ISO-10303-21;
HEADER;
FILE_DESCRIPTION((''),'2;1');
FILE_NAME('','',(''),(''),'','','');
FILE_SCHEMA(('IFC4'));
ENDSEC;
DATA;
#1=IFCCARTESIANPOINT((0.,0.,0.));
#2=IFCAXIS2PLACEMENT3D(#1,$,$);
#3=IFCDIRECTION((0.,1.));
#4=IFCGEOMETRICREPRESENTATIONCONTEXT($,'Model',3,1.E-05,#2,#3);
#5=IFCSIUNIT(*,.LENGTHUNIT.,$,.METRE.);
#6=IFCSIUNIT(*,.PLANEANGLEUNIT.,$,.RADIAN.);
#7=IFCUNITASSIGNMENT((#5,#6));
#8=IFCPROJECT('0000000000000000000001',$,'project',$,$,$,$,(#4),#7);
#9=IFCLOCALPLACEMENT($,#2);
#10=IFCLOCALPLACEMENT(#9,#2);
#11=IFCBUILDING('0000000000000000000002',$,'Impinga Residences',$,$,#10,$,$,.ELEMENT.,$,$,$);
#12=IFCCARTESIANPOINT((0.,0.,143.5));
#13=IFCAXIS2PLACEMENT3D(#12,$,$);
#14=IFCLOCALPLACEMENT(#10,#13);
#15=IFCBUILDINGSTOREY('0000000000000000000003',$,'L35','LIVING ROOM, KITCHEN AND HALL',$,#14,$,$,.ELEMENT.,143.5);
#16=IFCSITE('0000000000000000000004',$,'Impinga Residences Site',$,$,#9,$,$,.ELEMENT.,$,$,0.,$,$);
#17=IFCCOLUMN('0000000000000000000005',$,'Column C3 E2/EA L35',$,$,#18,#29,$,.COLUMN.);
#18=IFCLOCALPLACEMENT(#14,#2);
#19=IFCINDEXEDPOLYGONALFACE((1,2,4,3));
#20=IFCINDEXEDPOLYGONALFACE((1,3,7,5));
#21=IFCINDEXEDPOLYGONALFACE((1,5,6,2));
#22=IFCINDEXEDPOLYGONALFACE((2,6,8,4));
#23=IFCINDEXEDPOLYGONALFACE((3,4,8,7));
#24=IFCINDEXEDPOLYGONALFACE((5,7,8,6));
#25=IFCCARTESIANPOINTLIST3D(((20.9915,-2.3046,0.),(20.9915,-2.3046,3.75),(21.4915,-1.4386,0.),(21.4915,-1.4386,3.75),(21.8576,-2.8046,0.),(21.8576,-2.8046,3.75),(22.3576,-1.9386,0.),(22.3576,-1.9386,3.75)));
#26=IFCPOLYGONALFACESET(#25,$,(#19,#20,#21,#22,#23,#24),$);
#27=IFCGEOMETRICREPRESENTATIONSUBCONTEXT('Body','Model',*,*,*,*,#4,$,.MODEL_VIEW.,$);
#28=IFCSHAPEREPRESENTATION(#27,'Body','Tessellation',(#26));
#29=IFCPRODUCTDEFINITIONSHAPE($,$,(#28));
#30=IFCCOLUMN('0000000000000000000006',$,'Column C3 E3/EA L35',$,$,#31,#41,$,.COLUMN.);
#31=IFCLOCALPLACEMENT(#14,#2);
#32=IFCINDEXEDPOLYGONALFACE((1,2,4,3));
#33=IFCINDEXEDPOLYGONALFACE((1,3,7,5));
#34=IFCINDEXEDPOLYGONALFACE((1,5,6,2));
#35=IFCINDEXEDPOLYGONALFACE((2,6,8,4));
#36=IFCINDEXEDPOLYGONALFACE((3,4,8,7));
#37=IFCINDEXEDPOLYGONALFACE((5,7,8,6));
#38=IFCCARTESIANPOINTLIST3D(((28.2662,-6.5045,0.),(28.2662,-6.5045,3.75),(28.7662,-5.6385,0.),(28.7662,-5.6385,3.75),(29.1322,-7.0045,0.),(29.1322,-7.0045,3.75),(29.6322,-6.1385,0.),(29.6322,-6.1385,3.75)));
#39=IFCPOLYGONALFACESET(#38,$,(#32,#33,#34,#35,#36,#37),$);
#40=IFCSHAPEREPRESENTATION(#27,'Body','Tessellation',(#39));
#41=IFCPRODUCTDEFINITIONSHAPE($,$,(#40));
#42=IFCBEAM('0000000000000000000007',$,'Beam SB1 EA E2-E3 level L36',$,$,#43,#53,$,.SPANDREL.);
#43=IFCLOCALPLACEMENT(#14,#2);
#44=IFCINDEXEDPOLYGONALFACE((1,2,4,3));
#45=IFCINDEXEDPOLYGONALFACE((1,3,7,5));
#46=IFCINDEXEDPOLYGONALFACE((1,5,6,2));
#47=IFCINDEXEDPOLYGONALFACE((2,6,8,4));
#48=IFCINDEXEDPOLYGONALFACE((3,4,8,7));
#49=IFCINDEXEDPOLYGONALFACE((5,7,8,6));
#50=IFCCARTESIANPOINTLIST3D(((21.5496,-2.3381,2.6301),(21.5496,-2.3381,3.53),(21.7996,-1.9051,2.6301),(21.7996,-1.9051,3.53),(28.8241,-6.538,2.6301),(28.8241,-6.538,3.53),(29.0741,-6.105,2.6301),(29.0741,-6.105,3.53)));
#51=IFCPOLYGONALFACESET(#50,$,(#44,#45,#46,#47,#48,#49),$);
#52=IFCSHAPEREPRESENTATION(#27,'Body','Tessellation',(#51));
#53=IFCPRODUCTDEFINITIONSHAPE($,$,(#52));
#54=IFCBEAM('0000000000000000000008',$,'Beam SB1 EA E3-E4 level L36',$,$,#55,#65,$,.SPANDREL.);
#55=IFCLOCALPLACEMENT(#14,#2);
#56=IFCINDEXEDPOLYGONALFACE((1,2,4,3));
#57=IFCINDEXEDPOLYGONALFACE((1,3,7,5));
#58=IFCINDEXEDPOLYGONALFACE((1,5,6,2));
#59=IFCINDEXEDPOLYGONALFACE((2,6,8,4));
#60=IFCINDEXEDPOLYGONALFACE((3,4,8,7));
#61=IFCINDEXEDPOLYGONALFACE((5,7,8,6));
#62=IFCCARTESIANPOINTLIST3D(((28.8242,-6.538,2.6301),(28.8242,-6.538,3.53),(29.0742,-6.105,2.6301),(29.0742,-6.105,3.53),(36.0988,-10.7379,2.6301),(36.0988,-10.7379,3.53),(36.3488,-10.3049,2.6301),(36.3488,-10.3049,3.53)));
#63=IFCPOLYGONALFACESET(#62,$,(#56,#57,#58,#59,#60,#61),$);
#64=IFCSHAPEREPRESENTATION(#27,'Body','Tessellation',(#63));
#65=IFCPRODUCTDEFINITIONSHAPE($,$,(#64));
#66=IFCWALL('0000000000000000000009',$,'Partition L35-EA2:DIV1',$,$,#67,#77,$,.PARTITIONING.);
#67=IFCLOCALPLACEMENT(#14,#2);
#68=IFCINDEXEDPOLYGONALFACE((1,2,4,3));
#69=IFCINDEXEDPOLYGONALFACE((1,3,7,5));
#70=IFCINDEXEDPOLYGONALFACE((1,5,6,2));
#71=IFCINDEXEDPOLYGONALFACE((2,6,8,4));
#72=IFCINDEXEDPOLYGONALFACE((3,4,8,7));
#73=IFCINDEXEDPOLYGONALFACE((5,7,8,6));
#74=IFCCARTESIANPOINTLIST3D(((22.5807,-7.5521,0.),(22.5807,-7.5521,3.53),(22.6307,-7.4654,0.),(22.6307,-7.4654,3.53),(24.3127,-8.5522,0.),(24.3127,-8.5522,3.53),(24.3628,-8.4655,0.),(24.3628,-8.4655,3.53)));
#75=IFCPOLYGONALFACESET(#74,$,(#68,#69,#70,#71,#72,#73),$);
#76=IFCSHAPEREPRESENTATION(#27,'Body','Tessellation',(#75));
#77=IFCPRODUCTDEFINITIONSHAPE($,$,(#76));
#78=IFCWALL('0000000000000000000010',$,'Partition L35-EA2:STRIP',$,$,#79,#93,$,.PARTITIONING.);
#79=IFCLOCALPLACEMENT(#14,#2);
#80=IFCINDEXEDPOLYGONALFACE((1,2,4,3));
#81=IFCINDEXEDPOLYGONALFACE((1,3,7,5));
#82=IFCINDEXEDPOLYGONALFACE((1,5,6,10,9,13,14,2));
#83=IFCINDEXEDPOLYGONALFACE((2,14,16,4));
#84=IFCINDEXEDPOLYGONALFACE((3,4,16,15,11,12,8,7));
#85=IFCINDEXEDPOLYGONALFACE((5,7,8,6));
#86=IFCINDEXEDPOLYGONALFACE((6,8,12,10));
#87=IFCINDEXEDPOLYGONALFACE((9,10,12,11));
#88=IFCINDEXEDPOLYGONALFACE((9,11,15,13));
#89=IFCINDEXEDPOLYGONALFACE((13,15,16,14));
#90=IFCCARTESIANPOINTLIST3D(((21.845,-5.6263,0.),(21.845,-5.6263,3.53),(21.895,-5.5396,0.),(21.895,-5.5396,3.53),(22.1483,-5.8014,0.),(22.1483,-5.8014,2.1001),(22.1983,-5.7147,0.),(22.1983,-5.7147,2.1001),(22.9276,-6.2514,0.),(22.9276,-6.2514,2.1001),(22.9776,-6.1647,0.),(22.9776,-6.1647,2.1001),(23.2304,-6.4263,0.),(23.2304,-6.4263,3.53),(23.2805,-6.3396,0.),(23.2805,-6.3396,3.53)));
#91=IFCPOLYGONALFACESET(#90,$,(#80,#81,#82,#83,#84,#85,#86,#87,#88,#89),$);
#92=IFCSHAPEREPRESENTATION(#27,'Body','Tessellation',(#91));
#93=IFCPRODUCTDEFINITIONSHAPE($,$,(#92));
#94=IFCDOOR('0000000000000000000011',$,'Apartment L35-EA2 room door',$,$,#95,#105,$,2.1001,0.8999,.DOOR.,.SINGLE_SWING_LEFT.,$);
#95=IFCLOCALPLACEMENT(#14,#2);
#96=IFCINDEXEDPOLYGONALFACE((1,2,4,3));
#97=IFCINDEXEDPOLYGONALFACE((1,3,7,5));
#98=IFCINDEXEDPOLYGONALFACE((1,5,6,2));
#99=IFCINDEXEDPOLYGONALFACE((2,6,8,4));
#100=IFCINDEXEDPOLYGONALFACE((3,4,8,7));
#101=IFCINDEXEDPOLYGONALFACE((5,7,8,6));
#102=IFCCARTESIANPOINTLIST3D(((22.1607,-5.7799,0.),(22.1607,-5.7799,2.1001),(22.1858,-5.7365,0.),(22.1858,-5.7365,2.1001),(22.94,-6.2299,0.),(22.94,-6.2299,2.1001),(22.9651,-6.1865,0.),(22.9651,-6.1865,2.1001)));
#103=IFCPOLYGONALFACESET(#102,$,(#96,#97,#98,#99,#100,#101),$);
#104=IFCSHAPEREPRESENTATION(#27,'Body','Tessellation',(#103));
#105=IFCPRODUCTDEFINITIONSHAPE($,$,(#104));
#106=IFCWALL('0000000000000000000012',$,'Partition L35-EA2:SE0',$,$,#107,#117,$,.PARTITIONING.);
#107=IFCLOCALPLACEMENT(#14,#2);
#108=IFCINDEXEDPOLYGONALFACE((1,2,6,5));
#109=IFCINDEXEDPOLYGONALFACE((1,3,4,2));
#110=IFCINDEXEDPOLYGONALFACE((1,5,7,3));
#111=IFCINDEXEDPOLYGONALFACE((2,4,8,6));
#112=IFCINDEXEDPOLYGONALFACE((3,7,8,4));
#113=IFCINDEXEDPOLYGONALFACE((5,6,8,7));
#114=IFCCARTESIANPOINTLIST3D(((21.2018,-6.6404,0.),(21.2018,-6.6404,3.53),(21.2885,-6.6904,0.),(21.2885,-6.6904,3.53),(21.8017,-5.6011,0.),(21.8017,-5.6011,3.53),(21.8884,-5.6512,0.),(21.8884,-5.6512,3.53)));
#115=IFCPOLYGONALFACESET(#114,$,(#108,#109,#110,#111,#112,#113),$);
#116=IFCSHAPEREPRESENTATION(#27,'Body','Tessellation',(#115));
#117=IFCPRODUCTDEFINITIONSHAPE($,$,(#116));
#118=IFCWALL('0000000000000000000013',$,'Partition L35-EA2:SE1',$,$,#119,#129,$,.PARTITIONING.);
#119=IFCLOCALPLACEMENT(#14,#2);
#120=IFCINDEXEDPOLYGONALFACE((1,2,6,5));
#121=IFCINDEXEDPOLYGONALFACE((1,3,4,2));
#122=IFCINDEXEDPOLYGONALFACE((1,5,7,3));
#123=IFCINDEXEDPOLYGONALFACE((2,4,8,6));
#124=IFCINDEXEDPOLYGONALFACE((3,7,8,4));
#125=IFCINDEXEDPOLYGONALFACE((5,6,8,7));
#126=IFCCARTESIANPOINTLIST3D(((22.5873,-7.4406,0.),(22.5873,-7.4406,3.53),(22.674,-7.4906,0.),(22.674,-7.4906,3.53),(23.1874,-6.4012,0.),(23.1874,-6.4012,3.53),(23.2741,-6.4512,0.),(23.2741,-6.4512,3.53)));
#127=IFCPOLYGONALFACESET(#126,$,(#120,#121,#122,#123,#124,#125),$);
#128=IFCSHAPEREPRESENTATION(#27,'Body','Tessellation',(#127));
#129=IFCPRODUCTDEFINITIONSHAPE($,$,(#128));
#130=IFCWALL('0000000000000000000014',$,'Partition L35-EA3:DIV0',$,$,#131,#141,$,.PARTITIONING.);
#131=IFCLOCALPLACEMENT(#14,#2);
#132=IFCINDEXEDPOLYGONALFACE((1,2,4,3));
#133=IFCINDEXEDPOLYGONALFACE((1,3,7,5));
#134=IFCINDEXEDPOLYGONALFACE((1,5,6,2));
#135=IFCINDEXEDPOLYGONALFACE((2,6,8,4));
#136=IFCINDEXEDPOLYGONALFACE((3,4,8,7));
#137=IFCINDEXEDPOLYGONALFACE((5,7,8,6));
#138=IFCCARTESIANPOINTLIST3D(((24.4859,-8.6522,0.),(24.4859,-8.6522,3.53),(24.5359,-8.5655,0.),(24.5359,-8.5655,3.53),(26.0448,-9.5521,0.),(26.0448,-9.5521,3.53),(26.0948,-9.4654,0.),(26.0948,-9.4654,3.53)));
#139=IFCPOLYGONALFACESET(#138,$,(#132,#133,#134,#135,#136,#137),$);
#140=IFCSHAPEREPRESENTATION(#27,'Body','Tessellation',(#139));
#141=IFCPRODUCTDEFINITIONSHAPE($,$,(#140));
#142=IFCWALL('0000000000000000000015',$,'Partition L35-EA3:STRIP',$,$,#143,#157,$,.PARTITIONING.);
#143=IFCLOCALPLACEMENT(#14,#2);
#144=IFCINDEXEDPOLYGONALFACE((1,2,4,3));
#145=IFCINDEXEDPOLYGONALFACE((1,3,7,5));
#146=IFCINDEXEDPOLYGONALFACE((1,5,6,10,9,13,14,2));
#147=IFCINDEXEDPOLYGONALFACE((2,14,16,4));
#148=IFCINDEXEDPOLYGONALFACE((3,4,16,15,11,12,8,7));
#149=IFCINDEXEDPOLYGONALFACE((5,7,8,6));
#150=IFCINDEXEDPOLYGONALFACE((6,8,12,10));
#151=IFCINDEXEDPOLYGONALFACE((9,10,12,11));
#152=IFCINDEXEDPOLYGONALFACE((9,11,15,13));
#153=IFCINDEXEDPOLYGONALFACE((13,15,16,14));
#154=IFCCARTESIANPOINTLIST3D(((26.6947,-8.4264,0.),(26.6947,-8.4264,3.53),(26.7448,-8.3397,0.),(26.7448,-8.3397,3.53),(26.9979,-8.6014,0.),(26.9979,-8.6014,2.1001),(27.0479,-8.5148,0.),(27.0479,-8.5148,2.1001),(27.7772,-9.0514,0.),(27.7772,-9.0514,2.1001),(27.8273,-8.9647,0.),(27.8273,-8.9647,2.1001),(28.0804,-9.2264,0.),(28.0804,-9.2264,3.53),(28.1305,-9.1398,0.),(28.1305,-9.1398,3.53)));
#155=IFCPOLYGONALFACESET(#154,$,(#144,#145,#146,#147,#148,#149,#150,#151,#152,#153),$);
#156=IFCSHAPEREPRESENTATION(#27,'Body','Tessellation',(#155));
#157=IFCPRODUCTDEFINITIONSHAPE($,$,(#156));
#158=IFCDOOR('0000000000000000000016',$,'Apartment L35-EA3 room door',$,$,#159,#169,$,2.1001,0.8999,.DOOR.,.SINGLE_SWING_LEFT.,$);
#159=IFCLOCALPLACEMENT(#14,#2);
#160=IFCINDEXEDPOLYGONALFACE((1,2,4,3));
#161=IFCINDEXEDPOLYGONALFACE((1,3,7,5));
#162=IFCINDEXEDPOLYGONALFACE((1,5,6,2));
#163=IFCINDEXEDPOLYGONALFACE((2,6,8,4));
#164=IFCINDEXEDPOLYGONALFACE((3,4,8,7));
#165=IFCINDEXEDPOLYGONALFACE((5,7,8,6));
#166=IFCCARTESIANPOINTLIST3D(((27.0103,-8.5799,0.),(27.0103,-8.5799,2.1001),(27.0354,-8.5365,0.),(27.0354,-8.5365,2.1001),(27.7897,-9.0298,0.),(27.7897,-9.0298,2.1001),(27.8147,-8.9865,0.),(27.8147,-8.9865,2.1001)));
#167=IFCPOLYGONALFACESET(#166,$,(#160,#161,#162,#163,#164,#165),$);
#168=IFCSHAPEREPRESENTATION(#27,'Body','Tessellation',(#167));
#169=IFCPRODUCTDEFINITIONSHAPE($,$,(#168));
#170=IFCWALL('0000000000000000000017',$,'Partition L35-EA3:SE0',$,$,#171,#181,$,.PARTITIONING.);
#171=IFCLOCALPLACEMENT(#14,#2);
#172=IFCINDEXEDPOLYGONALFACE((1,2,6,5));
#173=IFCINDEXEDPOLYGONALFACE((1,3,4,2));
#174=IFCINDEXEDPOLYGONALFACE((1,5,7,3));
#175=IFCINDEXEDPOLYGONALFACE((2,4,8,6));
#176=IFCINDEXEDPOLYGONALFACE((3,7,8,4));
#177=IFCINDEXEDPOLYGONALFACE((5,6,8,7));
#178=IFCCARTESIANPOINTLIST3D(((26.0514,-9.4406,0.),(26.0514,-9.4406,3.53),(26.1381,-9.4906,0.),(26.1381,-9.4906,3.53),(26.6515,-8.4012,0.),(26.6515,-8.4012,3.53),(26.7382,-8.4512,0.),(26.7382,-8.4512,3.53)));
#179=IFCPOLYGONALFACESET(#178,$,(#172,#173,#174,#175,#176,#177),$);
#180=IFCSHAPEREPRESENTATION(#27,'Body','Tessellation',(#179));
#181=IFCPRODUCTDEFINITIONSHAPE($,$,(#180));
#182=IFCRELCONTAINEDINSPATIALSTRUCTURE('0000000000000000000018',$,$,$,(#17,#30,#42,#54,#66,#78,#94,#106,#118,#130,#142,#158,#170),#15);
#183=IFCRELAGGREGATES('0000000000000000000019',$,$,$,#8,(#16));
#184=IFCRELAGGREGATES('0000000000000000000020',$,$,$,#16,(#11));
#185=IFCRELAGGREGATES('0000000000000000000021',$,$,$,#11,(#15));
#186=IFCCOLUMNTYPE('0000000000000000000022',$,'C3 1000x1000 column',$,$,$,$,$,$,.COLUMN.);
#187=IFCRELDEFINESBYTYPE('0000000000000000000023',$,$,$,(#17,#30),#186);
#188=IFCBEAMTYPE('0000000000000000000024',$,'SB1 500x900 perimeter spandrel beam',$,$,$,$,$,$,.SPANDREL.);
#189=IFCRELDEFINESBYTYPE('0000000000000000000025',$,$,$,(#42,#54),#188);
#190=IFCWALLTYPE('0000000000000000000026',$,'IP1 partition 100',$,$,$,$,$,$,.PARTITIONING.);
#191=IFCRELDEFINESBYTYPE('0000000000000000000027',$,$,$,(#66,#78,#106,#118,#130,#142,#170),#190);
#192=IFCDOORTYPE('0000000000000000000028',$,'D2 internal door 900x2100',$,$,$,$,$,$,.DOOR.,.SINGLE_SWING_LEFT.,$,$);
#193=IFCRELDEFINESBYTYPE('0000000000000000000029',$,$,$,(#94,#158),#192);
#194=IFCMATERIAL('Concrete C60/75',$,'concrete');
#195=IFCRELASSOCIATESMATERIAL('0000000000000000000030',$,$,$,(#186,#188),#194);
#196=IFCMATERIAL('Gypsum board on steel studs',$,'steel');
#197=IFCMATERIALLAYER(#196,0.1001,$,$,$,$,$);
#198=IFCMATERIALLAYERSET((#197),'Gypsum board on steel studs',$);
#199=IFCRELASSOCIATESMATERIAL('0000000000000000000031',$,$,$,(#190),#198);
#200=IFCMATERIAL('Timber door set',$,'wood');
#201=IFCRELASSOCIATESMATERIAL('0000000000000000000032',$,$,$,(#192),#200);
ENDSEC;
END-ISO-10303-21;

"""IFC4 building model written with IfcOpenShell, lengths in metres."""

from ifc_helpers import new_model, si_unit, direction, frame, frame_2d, origin, origin_2d, place, context, subcontext, project, spatial, rectangle, extrude, material, layer, layer_set, material_profile, profile_set, type_object, element, fill, save


model = new_model("IFC4")

# Units and contexts
model_context = context("Model", 3, precision=1e-05, world=origin(), true_north=direction((0.0, 1.0)))
body_context = subcontext(model_context, "Body", "Model", "MODEL_VIEW")
ifc_project = project(units=[si_unit("LENGTHUNIT", "METRE"), si_unit("PLANEANGLEUNIT", "RADIAN")], contexts=[model_context])

# Site, building, storey
site_placement = place(None, origin())
site = spatial("IfcSite", under=ifc_project, at=site_placement, Name="Impinga Residences Site", CompositionType="ELEMENT", RefElevation=0.0)
building_placement = place(site_placement, origin())
building = spatial("IfcBuilding", under=site, at=building_placement, Name="Impinga Residences", CompositionType="ELEMENT")
storey_placement = place(building_placement, frame((0.0, 0.0, 143.5)))
storey = spatial("IfcBuildingStorey", under=building, at=storey_placement, Name="L35", Description="LIVING ROOM, KITCHEN AND HALL", CompositionType="ELEMENT", Elevation=143.5)

# Columns
ifc_material_1 = material(Name="Concrete C60/75", Category="concrete")
ifc_material_profile_1 = material_profile(ifc_material_1, rectangle(XDim=1.0, YDim=1.0, at=origin_2d()), Name="RC 1000x1000")
ifc_profile_set_1 = profile_set([ifc_material_profile_1], Name="Concrete C60/75")
column_type = type_object("IfcColumnType", Name="C3 1000x1000 column", PredefinedType="COLUMN", material=ifc_profile_set_1)
for number, where, z_axis, x_axis, name in (
    (1, (21.6746, -2.1216, 0.0), (0.0, 0.0, 1.0), (-0.5, -0.866025, 0.0), "Column C3 E2/EA L35"),
    (2, (28.9492, -6.3215, 0.0), (0.0, 0.0, 1.0), (-0.5, -0.866025, 0.0), "Column C3 E3/EA L35"),
):
    element("IfcColumn", number, at=place(storey_placement, frame(where, z_axis=z_axis, x_axis=x_axis)), inside=storey, type_object=column_type, Name=name, PredefinedType="COLUMN", context=body_context, shape_type="SweptSolid", body=[
        extrude(rectangle(XDim=1.0, YDim=1.0, at=origin_2d()), origin(), (0.0, 0.0, 1.0), 3.75),
    ])

# Beams
ifc_material_profile_2 = material_profile(ifc_material_1, rectangle(XDim=0.5, YDim=0.8999, at=origin_2d()), Name="RC 500x900")
ifc_profile_set_2 = profile_set([ifc_material_profile_2], Name="Concrete C60/75")
beam_type = type_object("IfcBeamType", Name="SB1 500x900 perimeter spandrel beam", PredefinedType="SPANDREL", material=ifc_profile_set_2)
for number, where, z_axis, x_axis, name in (
    (3, (21.6746, -2.1216, 3.0801), (0.866029, -0.499993, 0.0), (0.499993, 0.866029, 0.0), "Beam SB1 EA E2-E3 level L36"),
    (4, (28.9492, -6.3215, 3.0801), (0.866029, -0.499993, 0.0), (0.499993, 0.866029, 0.0), "Beam SB1 EA E3-E4 level L36"),
):
    element("IfcBeam", number, at=place(storey_placement, frame(where, z_axis=z_axis, x_axis=x_axis)), inside=storey, type_object=beam_type, Name=name, PredefinedType="SPANDREL", context=body_context, shape_type="SweptSolid", body=[
        extrude(rectangle(XDim=0.5, YDim=0.8999, at=origin_2d()), origin(), (0.0, 0.0, 1.0), 8.3999),
    ])

# Wall
ifc_material_2 = material(Name="Gypsum board on steel studs", Category="steel")
ifc_layer_1 = layer(ifc_material_2, 0.1001)
ifc_layer_set_1 = layer_set([ifc_layer_1], Name="Gypsum board on steel studs")
wall_type_1 = type_object("IfcWallType", Name="IP1 partition 100", PredefinedType="PARTITIONING", material=ifc_layer_set_1)
wall_1_placement = place(storey_placement, frame((22.6057, -7.5088, 0.0), z_axis=(0.0, 0.0, 1.0), x_axis=(0.866011, -0.500025, 0.0)))
element("IfcWall", 5, at=wall_1_placement, inside=storey, type_object=wall_type_1, Name="Partition L35-EA2:DIV1", PredefinedType="PARTITIONING", context=body_context, shape_type="SweptSolid", body=[
    extrude(rectangle(XDim=2.0, YDim=0.1001, at=frame_2d((1.0, 0.0))), origin(), (0.0, 0.0, 1.0), 3.53),
])

# Wall, opening, door
wall_2_placement = place(storey_placement, frame((21.8701, -5.583, 0.0), z_axis=(0.0, 0.0, 1.0), x_axis=(0.86599, -0.500061, 0.0)))
wall_2 = element("IfcWall", 6, at=wall_2_placement, inside=storey, type_object=wall_type_1, Name="Partition L35-EA2:STRIP", PredefinedType="PARTITIONING", context=body_context, shape_type="SweptSolid", body=[
    extrude(rectangle(XDim=1.5999, YDim=0.1001, at=frame_2d((0.7998, 0.0))), origin(), (0.0, 0.0, 1.0), 3.53),
])
opening_1_placement = place(wall_2_placement, frame((0.3501, 0.0, 0.0)))
opening_1 = element("IfcOpeningElement", 7, at=opening_1_placement, cuts=wall_2, PredefinedType="OPENING", context=body_context, shape_type="SweptSolid", body=[
    extrude(rectangle(XDim=0.8999, YDim=2.1001, at=frame_2d((0.45, 1.05))), frame((0.0, 0.0601, 0.0), z_axis=(0.0, -1.0, 0.0), x_axis=(1.0, 0.0, 0.0)), (0.0, 0.0, 1.0), 0.1201),
])
ifc_material_3 = material(Name="Timber door set", Category="wood")
door_type = type_object("IfcDoorType", Name="D2 internal door 900x2100", OperationType="SINGLE_SWING_LEFT", PredefinedType="DOOR", material=ifc_material_3)
door_1_placement = place(opening_1_placement, origin())
door_1 = element("IfcDoor", 8, at=door_1_placement, inside=storey, type_object=door_type, Name="Apartment L35-EA2 room door", OperationType="SINGLE_SWING_LEFT", OverallHeight=2.1001, OverallWidth=0.8999, PredefinedType="DOOR", context=body_context, shape_type="SweptSolid", body=[
    extrude(rectangle(XDim=0.8999, YDim=2.1001, at=frame_2d((0.45, 1.05))), frame((0.0, 0.0249, 0.0), z_axis=(0.0, -1.0, 0.0), x_axis=(1.0, 0.0, 0.0)), (0.0, 0.0, 1.0), 0.05),
])
fill(opening_1, door_1)

# Walls
wall_3_placement = place(storey_placement, frame((21.2451, -6.6655, 0.0), z_axis=(0.0, 0.0, 1.0), x_axis=(0.499881, 0.866094, 0.0)))
element("IfcWall", 9, at=wall_3_placement, inside=storey, type_object=wall_type_1, Name="Partition L35-EA2:SE0", PredefinedType="PARTITIONING", context=body_context, shape_type="SweptSolid", body=[
    extrude(rectangle(XDim=1.2, YDim=0.1001, at=frame_2d((0.6001, 0.0))), origin(), (0.0, 0.0, 1.0), 3.53),
])
wall_4_placement = place(storey_placement, frame((22.6306, -7.4656, 0.0), z_axis=(0.0, 0.0, 1.0), x_axis=(0.500034, 0.866006, 0.0)))
element("IfcWall", 10, at=wall_4_placement, inside=storey, type_object=wall_type_1, Name="Partition L35-EA2:SE1", PredefinedType="PARTITIONING", context=body_context, shape_type="SweptSolid", body=[
    extrude(rectangle(XDim=1.2002, YDim=0.1001, at=frame_2d((0.6001, 0.0))), origin(), (0.0, 0.0, 1.0), 3.53),
])
wall_5_placement = place(storey_placement, frame((24.511, -8.6089, 0.0), z_axis=(0.0, 0.0, 1.0), x_axis=(0.866048, -0.499961, 0.0)))
element("IfcWall", 11, at=wall_5_placement, inside=storey, type_object=wall_type_1, Name="Partition L35-EA3:DIV0", PredefinedType="PARTITIONING", context=body_context, shape_type="SweptSolid", body=[
    extrude(rectangle(XDim=1.8, YDim=0.1001, at=frame_2d((0.8999, 0.0))), origin(), (0.0, 0.0, 1.0), 3.53),
])

# Wall, opening, door
wall_6_placement = place(storey_placement, frame((26.7197, -8.3831, 0.0), z_axis=(0.0, 0.0, 1.0), x_axis=(0.866028, -0.499995, 0.0)))
wall_6 = element("IfcWall", 12, at=wall_6_placement, inside=storey, type_object=wall_type_1, Name="Partition L35-EA3:STRIP", PredefinedType="PARTITIONING", context=body_context, shape_type="SweptSolid", body=[
    extrude(rectangle(XDim=1.6001, YDim=0.1001, at=frame_2d((0.8, 0.0))), origin(), (0.0, 0.0, 1.0), 3.53),
])
opening_2_placement = place(wall_6_placement, frame((0.3501, 0.0, 0.0)))
opening_2 = element("IfcOpeningElement", 13, at=opening_2_placement, cuts=wall_6, PredefinedType="OPENING", context=body_context, shape_type="SweptSolid", body=[
    extrude(rectangle(XDim=0.8999, YDim=2.1001, at=frame_2d((0.45, 1.05))), frame((0.0, 0.0601, 0.0), z_axis=(0.0, -1.0, 0.0), x_axis=(1.0, 0.0, 0.0)), (0.0, 0.0, 1.0), 0.1201),
])
door_2_placement = place(opening_2_placement, origin())
door_2 = element("IfcDoor", 14, at=door_2_placement, inside=storey, type_object=door_type, Name="Apartment L35-EA3 room door", OperationType="SINGLE_SWING_LEFT", OverallHeight=2.1001, OverallWidth=0.8999, PredefinedType="DOOR", context=body_context, shape_type="SweptSolid", body=[
    extrude(rectangle(XDim=0.8999, YDim=2.1001, at=frame_2d((0.45, 1.05))), frame((0.0, 0.0249, 0.0), z_axis=(0.0, -1.0, 0.0), x_axis=(1.0, 0.0, 0.0)), (0.0, 0.0, 1.0), 0.05),
])
fill(opening_2, door_2)

# Wall
wall_7_placement = place(storey_placement, frame((26.0947, -9.4656, 0.0), z_axis=(0.0, 0.0, 1.0), x_axis=(0.500034, 0.866006, 0.0)))
element("IfcWall", 15, at=wall_7_placement, inside=storey, type_object=wall_type_1, Name="Partition L35-EA3:SE0", PredefinedType="PARTITIONING", context=body_context, shape_type="SweptSolid", body=[
    extrude(rectangle(XDim=1.2002, YDim=0.1001, at=frame_2d((0.6001, 0.0))), origin(), (0.0, 0.0, 1.0), 3.53),
])

save(model, "model.ifc")
